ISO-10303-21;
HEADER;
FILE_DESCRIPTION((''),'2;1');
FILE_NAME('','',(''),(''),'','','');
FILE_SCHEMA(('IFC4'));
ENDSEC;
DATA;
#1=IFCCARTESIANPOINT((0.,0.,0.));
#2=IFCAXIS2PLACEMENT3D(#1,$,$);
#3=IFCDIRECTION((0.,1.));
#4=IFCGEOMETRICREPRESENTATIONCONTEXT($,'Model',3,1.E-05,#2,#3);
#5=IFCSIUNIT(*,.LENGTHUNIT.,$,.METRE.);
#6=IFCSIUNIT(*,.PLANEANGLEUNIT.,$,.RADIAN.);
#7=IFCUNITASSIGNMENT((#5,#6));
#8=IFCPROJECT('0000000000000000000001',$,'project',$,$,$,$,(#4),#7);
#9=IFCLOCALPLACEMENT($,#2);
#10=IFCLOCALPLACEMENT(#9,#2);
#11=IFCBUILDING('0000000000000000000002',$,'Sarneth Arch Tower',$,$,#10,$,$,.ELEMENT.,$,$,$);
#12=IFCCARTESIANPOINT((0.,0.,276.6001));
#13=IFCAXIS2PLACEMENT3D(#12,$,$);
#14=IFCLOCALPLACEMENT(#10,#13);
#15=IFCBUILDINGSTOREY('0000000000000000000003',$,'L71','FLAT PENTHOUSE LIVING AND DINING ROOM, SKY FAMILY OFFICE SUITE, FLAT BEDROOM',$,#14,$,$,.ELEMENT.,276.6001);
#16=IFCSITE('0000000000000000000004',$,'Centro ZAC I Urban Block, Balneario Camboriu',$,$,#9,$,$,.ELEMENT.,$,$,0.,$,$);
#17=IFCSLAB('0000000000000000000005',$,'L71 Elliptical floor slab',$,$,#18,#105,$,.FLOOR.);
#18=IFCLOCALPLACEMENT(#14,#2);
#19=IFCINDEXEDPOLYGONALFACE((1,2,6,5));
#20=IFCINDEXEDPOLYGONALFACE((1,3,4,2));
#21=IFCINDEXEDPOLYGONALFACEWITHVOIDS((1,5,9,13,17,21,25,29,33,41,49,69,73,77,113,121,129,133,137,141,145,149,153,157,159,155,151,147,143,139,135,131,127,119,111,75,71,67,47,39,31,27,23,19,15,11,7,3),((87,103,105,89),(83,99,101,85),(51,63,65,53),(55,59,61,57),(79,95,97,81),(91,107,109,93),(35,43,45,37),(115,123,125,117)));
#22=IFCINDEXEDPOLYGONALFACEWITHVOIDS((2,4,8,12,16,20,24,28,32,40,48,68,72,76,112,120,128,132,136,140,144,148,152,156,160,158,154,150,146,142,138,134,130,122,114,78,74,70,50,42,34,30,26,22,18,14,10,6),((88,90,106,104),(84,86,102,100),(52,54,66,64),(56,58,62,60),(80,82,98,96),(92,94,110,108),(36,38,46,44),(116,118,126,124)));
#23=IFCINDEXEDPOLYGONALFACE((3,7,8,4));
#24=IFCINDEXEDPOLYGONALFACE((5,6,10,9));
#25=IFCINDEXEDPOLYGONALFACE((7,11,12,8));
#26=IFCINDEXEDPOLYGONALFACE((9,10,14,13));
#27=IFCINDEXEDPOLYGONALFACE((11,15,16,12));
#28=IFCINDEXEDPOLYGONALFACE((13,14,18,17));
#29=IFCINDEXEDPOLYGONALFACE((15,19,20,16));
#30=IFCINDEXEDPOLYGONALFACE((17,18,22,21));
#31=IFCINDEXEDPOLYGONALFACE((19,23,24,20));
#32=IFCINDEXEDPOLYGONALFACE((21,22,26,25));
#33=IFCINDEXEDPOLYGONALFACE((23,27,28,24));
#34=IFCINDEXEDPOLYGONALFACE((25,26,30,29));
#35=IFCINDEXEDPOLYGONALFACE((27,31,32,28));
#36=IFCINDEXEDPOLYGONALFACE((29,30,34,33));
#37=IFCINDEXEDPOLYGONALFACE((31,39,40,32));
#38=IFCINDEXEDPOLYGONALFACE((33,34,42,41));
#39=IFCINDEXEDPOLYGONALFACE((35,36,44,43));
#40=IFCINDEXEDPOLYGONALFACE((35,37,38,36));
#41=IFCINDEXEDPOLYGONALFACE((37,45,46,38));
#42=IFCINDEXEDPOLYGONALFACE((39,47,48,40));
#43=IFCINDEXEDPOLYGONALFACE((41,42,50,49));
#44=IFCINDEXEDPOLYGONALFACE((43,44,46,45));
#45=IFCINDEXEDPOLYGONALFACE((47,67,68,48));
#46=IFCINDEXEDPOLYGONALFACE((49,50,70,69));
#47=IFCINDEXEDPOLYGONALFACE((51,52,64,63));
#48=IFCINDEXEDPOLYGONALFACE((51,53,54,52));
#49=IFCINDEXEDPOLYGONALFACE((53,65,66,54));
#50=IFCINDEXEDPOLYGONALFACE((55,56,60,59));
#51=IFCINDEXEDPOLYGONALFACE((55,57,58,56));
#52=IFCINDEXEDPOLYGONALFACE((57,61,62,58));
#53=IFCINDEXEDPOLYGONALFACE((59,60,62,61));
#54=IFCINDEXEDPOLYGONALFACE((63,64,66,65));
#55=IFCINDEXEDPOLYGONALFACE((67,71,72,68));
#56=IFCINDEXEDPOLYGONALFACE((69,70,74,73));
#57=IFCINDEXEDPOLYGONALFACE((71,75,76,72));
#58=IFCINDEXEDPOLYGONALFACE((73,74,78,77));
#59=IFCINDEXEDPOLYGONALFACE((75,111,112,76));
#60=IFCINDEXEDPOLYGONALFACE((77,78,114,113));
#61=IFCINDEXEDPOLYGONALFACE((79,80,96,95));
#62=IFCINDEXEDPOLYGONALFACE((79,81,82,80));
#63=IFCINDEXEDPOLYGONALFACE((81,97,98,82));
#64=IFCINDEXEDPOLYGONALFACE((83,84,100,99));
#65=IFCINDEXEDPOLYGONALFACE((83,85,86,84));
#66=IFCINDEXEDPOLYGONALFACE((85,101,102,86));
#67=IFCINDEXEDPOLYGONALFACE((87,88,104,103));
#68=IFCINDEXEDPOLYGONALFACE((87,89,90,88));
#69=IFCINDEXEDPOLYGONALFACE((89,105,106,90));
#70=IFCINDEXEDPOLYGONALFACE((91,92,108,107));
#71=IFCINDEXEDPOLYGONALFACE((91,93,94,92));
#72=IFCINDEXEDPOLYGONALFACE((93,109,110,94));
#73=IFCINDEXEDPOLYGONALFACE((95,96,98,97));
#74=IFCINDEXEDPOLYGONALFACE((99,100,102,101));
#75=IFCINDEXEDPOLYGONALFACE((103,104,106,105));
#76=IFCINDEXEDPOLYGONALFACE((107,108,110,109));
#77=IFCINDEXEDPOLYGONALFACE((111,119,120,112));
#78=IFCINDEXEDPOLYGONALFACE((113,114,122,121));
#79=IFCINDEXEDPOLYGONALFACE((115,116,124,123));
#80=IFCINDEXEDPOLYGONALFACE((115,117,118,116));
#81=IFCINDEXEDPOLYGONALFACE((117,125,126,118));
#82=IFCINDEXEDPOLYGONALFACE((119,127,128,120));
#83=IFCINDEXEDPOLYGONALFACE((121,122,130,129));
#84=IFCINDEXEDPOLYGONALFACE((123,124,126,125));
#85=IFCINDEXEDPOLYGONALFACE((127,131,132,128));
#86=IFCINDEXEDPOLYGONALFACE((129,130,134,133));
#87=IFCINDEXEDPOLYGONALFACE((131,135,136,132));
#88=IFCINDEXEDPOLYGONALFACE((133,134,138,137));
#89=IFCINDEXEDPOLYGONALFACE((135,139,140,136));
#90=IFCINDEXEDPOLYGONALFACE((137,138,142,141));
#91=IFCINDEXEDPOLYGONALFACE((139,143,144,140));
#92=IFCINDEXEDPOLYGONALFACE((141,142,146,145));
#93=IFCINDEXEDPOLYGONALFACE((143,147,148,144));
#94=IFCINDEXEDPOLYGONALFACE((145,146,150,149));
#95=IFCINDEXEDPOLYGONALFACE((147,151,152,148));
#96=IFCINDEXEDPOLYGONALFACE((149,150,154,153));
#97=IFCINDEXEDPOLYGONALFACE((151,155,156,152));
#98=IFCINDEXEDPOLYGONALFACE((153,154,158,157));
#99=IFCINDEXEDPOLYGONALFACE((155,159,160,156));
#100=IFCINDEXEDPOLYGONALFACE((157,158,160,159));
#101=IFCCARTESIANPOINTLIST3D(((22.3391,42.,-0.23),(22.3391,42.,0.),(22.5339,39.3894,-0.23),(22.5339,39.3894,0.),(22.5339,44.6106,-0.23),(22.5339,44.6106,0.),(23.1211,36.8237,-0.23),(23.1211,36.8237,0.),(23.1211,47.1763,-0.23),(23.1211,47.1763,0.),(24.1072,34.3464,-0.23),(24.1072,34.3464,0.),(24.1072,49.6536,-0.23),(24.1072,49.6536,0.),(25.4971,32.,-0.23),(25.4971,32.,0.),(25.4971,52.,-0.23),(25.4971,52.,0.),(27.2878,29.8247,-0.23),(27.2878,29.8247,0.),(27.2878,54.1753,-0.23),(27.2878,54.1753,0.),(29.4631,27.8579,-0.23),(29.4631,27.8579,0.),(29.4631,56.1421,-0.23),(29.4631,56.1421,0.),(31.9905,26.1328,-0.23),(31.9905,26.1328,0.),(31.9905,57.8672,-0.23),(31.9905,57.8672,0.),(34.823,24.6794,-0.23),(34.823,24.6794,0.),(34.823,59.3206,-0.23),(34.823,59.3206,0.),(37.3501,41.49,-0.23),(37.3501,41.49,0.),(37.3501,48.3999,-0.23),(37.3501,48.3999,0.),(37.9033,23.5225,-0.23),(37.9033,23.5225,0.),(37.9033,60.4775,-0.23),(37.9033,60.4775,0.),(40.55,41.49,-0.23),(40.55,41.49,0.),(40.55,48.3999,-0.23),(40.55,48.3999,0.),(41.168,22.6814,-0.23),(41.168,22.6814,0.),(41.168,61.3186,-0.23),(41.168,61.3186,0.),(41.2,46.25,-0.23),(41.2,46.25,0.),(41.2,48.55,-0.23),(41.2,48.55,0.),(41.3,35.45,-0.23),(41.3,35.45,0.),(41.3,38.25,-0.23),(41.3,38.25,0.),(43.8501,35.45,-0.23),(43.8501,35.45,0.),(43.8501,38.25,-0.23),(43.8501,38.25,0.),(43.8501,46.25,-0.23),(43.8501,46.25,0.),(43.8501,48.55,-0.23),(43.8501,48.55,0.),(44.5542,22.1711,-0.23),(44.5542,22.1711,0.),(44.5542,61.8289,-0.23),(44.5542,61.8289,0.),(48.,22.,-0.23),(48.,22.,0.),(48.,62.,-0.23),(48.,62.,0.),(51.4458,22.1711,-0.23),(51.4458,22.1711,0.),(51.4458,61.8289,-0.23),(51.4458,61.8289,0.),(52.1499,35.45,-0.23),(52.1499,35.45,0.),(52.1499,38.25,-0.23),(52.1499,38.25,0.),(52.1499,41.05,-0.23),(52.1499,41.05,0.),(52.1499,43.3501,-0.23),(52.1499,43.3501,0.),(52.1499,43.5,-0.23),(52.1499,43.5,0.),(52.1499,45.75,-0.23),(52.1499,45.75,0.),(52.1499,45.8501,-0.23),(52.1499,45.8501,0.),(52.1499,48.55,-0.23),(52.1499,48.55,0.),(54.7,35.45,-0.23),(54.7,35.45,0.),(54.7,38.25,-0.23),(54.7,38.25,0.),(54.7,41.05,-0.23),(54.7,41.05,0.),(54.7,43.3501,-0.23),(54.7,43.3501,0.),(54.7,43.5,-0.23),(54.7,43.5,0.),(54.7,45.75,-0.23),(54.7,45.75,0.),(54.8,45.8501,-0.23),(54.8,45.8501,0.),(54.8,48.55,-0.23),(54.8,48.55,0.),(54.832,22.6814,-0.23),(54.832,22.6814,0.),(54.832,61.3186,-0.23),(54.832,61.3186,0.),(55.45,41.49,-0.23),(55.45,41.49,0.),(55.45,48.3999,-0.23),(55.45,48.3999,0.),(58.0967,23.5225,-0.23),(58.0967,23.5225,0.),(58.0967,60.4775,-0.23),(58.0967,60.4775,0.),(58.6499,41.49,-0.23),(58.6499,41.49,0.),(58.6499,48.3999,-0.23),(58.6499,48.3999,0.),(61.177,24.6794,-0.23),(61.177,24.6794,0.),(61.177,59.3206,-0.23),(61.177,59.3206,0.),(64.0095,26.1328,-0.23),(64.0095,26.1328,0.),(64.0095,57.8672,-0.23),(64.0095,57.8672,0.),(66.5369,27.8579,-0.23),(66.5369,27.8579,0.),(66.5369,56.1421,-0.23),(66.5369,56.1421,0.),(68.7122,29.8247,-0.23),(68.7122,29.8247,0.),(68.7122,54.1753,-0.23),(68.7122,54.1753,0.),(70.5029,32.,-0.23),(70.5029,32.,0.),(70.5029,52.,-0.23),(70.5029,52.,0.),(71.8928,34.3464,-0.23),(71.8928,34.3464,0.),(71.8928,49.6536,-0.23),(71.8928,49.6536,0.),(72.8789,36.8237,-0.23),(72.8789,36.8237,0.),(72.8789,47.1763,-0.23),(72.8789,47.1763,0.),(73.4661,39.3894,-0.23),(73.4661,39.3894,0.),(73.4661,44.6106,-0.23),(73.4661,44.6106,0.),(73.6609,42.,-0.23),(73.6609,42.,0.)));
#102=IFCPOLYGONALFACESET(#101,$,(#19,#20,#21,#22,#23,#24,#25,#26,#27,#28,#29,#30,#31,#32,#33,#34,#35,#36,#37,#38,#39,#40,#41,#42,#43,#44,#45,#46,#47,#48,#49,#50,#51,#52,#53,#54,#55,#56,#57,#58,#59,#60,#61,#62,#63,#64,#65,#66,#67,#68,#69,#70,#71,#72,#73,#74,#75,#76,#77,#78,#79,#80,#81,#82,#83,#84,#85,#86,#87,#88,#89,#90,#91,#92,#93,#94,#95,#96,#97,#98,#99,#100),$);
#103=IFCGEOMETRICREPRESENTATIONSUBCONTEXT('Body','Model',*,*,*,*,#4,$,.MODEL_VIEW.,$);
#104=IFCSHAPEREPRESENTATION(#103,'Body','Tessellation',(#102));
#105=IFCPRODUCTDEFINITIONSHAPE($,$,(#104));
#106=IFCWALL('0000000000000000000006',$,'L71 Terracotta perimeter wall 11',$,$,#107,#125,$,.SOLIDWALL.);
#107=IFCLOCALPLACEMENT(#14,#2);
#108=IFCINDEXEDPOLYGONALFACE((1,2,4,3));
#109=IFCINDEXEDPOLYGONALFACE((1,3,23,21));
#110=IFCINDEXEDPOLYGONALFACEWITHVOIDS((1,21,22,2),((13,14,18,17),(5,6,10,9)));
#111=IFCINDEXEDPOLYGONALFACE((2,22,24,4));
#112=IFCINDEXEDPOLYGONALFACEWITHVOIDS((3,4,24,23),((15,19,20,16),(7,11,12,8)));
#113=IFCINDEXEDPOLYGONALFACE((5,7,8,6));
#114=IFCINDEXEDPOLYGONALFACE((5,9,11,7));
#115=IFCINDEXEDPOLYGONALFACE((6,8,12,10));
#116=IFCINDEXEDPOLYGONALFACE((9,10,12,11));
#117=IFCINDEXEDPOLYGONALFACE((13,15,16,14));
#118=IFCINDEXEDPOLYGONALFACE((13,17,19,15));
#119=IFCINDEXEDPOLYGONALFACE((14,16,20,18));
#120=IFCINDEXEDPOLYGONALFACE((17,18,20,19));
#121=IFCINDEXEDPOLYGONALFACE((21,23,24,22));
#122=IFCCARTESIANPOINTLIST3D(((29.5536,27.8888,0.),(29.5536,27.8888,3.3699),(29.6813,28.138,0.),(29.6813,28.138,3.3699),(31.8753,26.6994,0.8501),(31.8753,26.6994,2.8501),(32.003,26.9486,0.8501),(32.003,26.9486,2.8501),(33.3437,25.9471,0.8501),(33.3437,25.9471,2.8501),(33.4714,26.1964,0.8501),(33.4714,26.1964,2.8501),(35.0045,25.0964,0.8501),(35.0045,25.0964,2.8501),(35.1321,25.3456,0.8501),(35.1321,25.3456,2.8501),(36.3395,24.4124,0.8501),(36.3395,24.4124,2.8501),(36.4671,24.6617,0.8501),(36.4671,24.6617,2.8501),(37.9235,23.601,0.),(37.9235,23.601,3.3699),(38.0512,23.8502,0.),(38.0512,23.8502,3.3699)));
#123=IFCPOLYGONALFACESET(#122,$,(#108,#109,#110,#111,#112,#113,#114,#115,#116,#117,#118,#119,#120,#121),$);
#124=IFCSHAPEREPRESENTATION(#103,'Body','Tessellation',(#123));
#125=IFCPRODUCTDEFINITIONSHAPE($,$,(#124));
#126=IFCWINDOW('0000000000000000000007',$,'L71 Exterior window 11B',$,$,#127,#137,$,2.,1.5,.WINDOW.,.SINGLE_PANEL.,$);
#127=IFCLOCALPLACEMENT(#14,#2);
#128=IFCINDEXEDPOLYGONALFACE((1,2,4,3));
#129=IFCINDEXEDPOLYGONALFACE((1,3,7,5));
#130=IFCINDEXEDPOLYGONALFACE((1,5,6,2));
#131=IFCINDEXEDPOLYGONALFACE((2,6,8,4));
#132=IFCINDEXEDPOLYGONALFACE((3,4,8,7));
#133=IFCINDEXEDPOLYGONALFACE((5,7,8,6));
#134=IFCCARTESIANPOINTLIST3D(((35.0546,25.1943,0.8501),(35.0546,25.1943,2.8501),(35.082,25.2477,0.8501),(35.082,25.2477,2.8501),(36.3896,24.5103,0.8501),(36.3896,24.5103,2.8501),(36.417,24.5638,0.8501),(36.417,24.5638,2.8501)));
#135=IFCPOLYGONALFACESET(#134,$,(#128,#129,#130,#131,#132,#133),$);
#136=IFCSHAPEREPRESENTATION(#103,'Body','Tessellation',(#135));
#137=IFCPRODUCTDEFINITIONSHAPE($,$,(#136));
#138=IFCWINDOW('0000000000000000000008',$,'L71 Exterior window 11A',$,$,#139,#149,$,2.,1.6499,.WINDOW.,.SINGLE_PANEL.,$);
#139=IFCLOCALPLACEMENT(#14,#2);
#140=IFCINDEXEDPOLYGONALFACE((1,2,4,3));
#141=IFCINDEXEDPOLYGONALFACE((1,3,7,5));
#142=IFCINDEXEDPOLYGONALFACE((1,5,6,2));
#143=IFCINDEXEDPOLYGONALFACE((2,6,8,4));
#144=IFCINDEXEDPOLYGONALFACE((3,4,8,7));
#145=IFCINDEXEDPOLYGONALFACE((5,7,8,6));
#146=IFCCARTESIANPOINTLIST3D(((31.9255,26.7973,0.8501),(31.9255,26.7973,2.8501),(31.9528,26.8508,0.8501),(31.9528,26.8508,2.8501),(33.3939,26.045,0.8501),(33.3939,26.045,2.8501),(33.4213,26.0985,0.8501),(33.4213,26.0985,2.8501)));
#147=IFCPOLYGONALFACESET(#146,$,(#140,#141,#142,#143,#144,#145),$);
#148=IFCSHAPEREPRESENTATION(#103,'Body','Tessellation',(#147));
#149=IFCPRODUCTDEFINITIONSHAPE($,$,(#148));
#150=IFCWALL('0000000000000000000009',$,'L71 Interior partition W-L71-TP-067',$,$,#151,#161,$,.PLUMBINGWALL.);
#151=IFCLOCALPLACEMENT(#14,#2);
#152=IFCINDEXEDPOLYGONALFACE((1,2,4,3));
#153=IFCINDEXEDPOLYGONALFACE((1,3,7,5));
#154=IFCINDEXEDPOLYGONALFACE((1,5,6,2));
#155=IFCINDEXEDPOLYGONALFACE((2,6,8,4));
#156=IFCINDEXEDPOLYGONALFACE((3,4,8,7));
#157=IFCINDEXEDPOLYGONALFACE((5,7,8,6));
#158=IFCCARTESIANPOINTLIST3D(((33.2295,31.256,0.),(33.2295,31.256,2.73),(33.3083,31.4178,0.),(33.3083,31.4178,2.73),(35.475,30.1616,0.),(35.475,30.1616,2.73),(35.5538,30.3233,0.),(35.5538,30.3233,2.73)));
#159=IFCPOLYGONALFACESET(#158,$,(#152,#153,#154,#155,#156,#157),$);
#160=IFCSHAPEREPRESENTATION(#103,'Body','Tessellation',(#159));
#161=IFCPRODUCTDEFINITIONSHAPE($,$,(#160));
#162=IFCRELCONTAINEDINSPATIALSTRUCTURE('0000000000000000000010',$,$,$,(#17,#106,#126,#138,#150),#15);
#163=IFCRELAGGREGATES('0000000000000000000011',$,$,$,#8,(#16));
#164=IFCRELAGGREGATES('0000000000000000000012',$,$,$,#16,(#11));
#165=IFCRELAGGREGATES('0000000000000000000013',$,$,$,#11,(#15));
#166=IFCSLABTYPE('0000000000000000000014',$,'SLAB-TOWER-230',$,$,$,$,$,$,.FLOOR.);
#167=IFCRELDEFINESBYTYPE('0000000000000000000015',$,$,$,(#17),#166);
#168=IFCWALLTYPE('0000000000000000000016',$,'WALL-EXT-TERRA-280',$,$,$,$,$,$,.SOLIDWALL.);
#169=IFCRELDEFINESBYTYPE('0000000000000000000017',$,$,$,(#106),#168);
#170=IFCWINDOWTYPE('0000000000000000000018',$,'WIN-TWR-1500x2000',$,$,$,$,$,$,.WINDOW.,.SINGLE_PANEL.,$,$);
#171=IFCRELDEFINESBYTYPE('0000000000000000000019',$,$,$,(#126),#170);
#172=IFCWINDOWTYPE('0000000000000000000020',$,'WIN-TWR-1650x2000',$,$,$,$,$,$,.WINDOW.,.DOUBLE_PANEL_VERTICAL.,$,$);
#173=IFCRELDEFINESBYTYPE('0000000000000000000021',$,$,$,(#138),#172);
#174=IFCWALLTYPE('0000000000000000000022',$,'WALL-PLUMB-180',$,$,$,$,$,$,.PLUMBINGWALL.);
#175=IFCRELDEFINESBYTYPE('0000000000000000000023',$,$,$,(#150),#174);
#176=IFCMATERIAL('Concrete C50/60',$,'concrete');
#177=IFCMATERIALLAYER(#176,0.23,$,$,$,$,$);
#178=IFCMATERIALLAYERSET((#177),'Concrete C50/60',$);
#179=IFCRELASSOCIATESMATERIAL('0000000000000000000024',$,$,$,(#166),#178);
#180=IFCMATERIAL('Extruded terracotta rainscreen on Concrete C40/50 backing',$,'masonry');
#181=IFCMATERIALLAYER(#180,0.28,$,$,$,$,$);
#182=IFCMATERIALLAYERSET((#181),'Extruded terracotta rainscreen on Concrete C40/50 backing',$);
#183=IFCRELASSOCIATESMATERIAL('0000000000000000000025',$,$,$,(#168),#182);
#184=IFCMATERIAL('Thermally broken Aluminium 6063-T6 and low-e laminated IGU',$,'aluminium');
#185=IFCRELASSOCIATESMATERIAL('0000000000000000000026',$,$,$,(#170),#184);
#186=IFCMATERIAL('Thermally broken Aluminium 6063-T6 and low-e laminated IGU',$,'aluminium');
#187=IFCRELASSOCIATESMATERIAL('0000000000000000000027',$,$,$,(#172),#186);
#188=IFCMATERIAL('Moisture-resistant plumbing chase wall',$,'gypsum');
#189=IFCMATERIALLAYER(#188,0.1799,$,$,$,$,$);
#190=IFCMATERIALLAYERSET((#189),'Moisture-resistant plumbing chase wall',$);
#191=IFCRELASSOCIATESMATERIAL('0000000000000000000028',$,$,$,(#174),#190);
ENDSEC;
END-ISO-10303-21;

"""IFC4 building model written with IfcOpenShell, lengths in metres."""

from ifc_helpers import new_model, si_unit, direction, frame, frame_2d, origin, place, context, subcontext, project, spatial, polyline, rectangle, outline, extrude, material, layer, layer_set, type_object, element, fill, save


model = new_model("IFC4")

# Units and contexts
model_context = context("Model", 3, precision=1e-05, world=origin(), true_north=direction((0.0, 1.0)))
body_context = subcontext(model_context, "Body", "Model", "MODEL_VIEW")
ifc_project = project(units=[si_unit("LENGTHUNIT", "METRE"), si_unit("PLANEANGLEUNIT", "RADIAN")], contexts=[model_context])

# Site, building, storey
site_placement = place(None, origin())
site = spatial("IfcSite", under=ifc_project, at=site_placement, Name="Centro ZAC I Urban Block, Balneario Camboriu", CompositionType="ELEMENT", RefElevation=0.0)
building_placement = place(site_placement, origin())
building = spatial("IfcBuilding", under=site, at=building_placement, Name="Sarneth Arch Tower", CompositionType="ELEMENT")
storey_placement = place(building_placement, frame((0.0, 0.0, 276.6001)))
storey = spatial("IfcBuildingStorey", under=building, at=storey_placement, Name="L71", Description="FLAT PENTHOUSE LIVING AND DINING ROOM, SKY FAMILY OFFICE SUITE, FLAT BEDROOM", CompositionType="ELEMENT", Elevation=276.6001)

# Slab
ifc_material_1 = material(Name="Concrete C50/60", Category="concrete")
ifc_layer_1 = layer(ifc_material_1, 0.23)
ifc_layer_set_1 = layer_set([ifc_layer_1], Name="Concrete C50/60")
slab_type_1 = type_object("IfcSlabType", Name="SLAB-TOWER-230", PredefinedType="FLOOR", material=ifc_layer_set_1)
slab_1_placement = place(storey_placement, frame((0.0, 0.0, -0.23)))
element("IfcSlab", 1, at=slab_1_placement, inside=storey, type_object=slab_type_1, Name="L71 Elliptical floor slab", PredefinedType="FLOOR", context=body_context, shape_type="SweptSolid", body=[
    extrude(outline(polyline([(73.6609, 42.0), (73.4661, 44.6106), (72.8789, 47.1763), (71.8928, 49.6536), (70.5029, 52.0), (68.7122, 54.1753), (66.5369, 56.1421), (64.0095, 57.8672), (61.177, 59.3206), (58.0967, 60.4775), (54.832, 61.3186), (51.4458, 61.8289), (48.0, 62.0), (44.5542, 61.8289), (41.168, 61.3186), (37.9033, 60.4775), (34.823, 59.3206), (31.9905, 57.8672), (29.4631, 56.1421), (27.2878, 54.1753), (25.4971, 52.0), (24.1072, 49.6536), (23.1211, 47.1763), (22.5339, 44.6106), (22.3391, 42.0), (22.5339, 39.3894), (23.1211, 36.8237), (24.1072, 34.3464), (25.4971, 32.0), (27.2878, 29.8247), (29.4631, 27.8579), (31.9905, 26.1328), (34.823, 24.6794), (37.9033, 23.5225), (41.168, 22.6814), (44.5542, 22.1711), (48.0, 22.0), (51.4458, 22.1711), (54.832, 22.6814), (58.0967, 23.5225), (61.177, 24.6794), (64.0095, 26.1328), (66.5369, 27.8579), (68.7122, 29.8247), (70.5029, 32.0), (71.8928, 34.3464), (72.8789, 36.8237), (73.4661, 39.3894), (73.6609, 42.0)]), holes=[polyline([(37.3501, 41.49), (40.55, 41.49), (40.55, 48.3999), (37.3501, 48.3999), (37.3501, 41.49)]), polyline([(55.45, 41.49), (58.6499, 41.49), (58.6499, 48.3999), (55.45, 48.3999), (55.45, 41.49)]), polyline([(41.2, 46.25), (43.8501, 46.25), (43.8501, 48.55), (41.2, 48.55), (41.2, 46.25)]), polyline([(41.3, 35.45), (43.8501, 35.45), (43.8501, 38.25), (41.3, 38.25), (41.3, 35.45)]), polyline([(52.1499, 35.45), (54.7, 35.45), (54.7, 38.25), (52.1499, 38.25), (52.1499, 35.45)]), polyline([(52.1499, 45.8501), (54.8, 45.8501), (54.8, 48.55), (52.1499, 48.55), (52.1499, 45.8501)]), polyline([(52.1499, 41.05), (54.7, 41.05), (54.7, 43.3501), (52.1499, 43.3501), (52.1499, 41.05)]), polyline([(52.1499, 43.5), (54.7, 43.5), (54.7, 45.75), (52.1499, 45.75), (52.1499, 43.5)])]), origin(), (0.0, 0.0, 1.0), 0.23),
])

# Wall, openings, windows
ifc_material_2 = material(Name="Extruded terracotta rainscreen on Concrete C40/50 backing", Category="masonry")
ifc_layer_2 = layer(ifc_material_2, 0.28)
ifc_layer_set_2 = layer_set([ifc_layer_2], Name="Extruded terracotta rainscreen on Concrete C40/50 backing")
wall_type_1 = type_object("IfcWallType", Name="WALL-EXT-TERRA-280", PredefinedType="SOLIDWALL", material=ifc_layer_set_2)
wall_1_placement = place(storey_placement, frame((29.6174, 28.0134, 0.0), z_axis=(0.0, 0.0, 1.0), x_axis=(0.890007, -0.455946, 0.0)))
wall_1 = element("IfcWall", 2, at=wall_1_placement, inside=storey, type_object=wall_type_1, Name="L71 Terracotta perimeter wall 11", PredefinedType="SOLIDWALL", context=body_context, shape_type="SweptSolid", body=[
    extrude(rectangle(XDim=9.4043, YDim=0.28, at=frame_2d((4.7021, 0.0))), origin(), (0.0, 0.0, 1.0), 3.3699),
])
opening_1_placement = place(wall_1_placement, frame((2.6086, 0.0, 0.8501)))
opening_1 = element("IfcOpeningElement", 3, at=opening_1_placement, cuts=wall_1, PredefinedType="OPENING", context=body_context, shape_type="SweptSolid", body=[
    extrude(rectangle(XDim=1.6499, YDim=2.0, at=frame_2d((0.825, 1.0))), frame((0.0, 0.1499, 0.0), z_axis=(0.0, -1.0, 0.0), x_axis=(1.0, 0.0, 0.0)), (0.0, 0.0, 1.0), 0.3),
])
opening_2_placement = place(wall_1_placement, frame((6.1245, 0.0, 0.8501)))
opening_2 = element("IfcOpeningElement", 4, at=opening_2_placement, cuts=wall_1, PredefinedType="OPENING", context=body_context, shape_type="SweptSolid", body=[
    extrude(rectangle(XDim=1.5, YDim=2.0, at=frame_2d((0.75, 1.0))), frame((0.0, 0.1499, 0.0), z_axis=(0.0, -1.0, 0.0), x_axis=(1.0, 0.0, 0.0)), (0.0, 0.0, 1.0), 0.3),
])
ifc_material_3 = material(Name="Thermally broken Aluminium 6063-T6 and low-e laminated IGU", Category="aluminium")
window_type_1 = type_object("IfcWindowType", Name="WIN-TWR-1500x2000", PartitioningType="SINGLE_PANEL", PredefinedType="WINDOW", material=ifc_material_3)
window_1_placement = place(opening_2_placement, origin())
window_1 = element("IfcWindow", 5, at=window_1_placement, inside=storey, type_object=window_type_1, Name="L71 Exterior window 11B", OverallHeight=2.0, OverallWidth=1.5, PartitioningType="SINGLE_PANEL", PredefinedType="WINDOW", context=body_context, shape_type="SweptSolid", body=[
    extrude(rectangle(XDim=1.5, YDim=2.0, at=frame_2d((0.75, 1.0))), frame((0.0, 0.03, 0.0), z_axis=(0.0, -1.0, 0.0), x_axis=(1.0, 0.0, 0.0)), (0.0, 0.0, 1.0), 0.0601),
])
fill(opening_2, window_1)
ifc_material_4 = material(Name="Thermally broken Aluminium 6063-T6 and low-e laminated IGU", Category="aluminium")
window_type_2 = type_object("IfcWindowType", Name="WIN-TWR-1650x2000", PartitioningType="DOUBLE_PANEL_VERTICAL", PredefinedType="WINDOW", material=ifc_material_4)
window_2_placement = place(opening_1_placement, origin())
window_2 = element("IfcWindow", 6, at=window_2_placement, inside=storey, type_object=window_type_2, Name="L71 Exterior window 11A", OverallHeight=2.0, OverallWidth=1.6499, PartitioningType="SINGLE_PANEL", PredefinedType="WINDOW", context=body_context, shape_type="SweptSolid", body=[
    extrude(rectangle(XDim=1.6499, YDim=2.0, at=frame_2d((0.825, 1.0))), frame((0.0, 0.03, 0.0), z_axis=(0.0, -1.0, 0.0), x_axis=(1.0, 0.0, 0.0)), (0.0, 0.0, 1.0), 0.0601),
])
fill(opening_1, window_2)

# Wall
ifc_material_5 = material(Name="Moisture-resistant plumbing chase wall", Category="gypsum")
ifc_layer_3 = layer(ifc_material_5, 0.1799)
ifc_layer_set_3 = layer_set([ifc_layer_3], Name="Moisture-resistant plumbing chase wall")
wall_type_2 = type_object("IfcWallType", Name="WALL-PLUMB-180", PredefinedType="PLUMBINGWALL", material=ifc_layer_set_3)
wall_2_placement = place(storey_placement, frame((35.5144, 30.2424, 0.0), z_axis=(0.0, 0.0, 1.0), x_axis=(-0.898916, 0.438121, 0.0)))
element("IfcWall", 7, at=wall_2_placement, inside=storey, type_object=wall_type_2, Name="L71 Interior partition W-L71-TP-067", PredefinedType="PLUMBINGWALL", context=body_context, shape_type="SweptSolid", body=[
    extrude(rectangle(XDim=2.498, YDim=0.1799, at=frame_2d((1.249, 0.0))), origin(), (0.0, 0.0, 1.0), 2.73),
])

save(model, "model.ifc")
